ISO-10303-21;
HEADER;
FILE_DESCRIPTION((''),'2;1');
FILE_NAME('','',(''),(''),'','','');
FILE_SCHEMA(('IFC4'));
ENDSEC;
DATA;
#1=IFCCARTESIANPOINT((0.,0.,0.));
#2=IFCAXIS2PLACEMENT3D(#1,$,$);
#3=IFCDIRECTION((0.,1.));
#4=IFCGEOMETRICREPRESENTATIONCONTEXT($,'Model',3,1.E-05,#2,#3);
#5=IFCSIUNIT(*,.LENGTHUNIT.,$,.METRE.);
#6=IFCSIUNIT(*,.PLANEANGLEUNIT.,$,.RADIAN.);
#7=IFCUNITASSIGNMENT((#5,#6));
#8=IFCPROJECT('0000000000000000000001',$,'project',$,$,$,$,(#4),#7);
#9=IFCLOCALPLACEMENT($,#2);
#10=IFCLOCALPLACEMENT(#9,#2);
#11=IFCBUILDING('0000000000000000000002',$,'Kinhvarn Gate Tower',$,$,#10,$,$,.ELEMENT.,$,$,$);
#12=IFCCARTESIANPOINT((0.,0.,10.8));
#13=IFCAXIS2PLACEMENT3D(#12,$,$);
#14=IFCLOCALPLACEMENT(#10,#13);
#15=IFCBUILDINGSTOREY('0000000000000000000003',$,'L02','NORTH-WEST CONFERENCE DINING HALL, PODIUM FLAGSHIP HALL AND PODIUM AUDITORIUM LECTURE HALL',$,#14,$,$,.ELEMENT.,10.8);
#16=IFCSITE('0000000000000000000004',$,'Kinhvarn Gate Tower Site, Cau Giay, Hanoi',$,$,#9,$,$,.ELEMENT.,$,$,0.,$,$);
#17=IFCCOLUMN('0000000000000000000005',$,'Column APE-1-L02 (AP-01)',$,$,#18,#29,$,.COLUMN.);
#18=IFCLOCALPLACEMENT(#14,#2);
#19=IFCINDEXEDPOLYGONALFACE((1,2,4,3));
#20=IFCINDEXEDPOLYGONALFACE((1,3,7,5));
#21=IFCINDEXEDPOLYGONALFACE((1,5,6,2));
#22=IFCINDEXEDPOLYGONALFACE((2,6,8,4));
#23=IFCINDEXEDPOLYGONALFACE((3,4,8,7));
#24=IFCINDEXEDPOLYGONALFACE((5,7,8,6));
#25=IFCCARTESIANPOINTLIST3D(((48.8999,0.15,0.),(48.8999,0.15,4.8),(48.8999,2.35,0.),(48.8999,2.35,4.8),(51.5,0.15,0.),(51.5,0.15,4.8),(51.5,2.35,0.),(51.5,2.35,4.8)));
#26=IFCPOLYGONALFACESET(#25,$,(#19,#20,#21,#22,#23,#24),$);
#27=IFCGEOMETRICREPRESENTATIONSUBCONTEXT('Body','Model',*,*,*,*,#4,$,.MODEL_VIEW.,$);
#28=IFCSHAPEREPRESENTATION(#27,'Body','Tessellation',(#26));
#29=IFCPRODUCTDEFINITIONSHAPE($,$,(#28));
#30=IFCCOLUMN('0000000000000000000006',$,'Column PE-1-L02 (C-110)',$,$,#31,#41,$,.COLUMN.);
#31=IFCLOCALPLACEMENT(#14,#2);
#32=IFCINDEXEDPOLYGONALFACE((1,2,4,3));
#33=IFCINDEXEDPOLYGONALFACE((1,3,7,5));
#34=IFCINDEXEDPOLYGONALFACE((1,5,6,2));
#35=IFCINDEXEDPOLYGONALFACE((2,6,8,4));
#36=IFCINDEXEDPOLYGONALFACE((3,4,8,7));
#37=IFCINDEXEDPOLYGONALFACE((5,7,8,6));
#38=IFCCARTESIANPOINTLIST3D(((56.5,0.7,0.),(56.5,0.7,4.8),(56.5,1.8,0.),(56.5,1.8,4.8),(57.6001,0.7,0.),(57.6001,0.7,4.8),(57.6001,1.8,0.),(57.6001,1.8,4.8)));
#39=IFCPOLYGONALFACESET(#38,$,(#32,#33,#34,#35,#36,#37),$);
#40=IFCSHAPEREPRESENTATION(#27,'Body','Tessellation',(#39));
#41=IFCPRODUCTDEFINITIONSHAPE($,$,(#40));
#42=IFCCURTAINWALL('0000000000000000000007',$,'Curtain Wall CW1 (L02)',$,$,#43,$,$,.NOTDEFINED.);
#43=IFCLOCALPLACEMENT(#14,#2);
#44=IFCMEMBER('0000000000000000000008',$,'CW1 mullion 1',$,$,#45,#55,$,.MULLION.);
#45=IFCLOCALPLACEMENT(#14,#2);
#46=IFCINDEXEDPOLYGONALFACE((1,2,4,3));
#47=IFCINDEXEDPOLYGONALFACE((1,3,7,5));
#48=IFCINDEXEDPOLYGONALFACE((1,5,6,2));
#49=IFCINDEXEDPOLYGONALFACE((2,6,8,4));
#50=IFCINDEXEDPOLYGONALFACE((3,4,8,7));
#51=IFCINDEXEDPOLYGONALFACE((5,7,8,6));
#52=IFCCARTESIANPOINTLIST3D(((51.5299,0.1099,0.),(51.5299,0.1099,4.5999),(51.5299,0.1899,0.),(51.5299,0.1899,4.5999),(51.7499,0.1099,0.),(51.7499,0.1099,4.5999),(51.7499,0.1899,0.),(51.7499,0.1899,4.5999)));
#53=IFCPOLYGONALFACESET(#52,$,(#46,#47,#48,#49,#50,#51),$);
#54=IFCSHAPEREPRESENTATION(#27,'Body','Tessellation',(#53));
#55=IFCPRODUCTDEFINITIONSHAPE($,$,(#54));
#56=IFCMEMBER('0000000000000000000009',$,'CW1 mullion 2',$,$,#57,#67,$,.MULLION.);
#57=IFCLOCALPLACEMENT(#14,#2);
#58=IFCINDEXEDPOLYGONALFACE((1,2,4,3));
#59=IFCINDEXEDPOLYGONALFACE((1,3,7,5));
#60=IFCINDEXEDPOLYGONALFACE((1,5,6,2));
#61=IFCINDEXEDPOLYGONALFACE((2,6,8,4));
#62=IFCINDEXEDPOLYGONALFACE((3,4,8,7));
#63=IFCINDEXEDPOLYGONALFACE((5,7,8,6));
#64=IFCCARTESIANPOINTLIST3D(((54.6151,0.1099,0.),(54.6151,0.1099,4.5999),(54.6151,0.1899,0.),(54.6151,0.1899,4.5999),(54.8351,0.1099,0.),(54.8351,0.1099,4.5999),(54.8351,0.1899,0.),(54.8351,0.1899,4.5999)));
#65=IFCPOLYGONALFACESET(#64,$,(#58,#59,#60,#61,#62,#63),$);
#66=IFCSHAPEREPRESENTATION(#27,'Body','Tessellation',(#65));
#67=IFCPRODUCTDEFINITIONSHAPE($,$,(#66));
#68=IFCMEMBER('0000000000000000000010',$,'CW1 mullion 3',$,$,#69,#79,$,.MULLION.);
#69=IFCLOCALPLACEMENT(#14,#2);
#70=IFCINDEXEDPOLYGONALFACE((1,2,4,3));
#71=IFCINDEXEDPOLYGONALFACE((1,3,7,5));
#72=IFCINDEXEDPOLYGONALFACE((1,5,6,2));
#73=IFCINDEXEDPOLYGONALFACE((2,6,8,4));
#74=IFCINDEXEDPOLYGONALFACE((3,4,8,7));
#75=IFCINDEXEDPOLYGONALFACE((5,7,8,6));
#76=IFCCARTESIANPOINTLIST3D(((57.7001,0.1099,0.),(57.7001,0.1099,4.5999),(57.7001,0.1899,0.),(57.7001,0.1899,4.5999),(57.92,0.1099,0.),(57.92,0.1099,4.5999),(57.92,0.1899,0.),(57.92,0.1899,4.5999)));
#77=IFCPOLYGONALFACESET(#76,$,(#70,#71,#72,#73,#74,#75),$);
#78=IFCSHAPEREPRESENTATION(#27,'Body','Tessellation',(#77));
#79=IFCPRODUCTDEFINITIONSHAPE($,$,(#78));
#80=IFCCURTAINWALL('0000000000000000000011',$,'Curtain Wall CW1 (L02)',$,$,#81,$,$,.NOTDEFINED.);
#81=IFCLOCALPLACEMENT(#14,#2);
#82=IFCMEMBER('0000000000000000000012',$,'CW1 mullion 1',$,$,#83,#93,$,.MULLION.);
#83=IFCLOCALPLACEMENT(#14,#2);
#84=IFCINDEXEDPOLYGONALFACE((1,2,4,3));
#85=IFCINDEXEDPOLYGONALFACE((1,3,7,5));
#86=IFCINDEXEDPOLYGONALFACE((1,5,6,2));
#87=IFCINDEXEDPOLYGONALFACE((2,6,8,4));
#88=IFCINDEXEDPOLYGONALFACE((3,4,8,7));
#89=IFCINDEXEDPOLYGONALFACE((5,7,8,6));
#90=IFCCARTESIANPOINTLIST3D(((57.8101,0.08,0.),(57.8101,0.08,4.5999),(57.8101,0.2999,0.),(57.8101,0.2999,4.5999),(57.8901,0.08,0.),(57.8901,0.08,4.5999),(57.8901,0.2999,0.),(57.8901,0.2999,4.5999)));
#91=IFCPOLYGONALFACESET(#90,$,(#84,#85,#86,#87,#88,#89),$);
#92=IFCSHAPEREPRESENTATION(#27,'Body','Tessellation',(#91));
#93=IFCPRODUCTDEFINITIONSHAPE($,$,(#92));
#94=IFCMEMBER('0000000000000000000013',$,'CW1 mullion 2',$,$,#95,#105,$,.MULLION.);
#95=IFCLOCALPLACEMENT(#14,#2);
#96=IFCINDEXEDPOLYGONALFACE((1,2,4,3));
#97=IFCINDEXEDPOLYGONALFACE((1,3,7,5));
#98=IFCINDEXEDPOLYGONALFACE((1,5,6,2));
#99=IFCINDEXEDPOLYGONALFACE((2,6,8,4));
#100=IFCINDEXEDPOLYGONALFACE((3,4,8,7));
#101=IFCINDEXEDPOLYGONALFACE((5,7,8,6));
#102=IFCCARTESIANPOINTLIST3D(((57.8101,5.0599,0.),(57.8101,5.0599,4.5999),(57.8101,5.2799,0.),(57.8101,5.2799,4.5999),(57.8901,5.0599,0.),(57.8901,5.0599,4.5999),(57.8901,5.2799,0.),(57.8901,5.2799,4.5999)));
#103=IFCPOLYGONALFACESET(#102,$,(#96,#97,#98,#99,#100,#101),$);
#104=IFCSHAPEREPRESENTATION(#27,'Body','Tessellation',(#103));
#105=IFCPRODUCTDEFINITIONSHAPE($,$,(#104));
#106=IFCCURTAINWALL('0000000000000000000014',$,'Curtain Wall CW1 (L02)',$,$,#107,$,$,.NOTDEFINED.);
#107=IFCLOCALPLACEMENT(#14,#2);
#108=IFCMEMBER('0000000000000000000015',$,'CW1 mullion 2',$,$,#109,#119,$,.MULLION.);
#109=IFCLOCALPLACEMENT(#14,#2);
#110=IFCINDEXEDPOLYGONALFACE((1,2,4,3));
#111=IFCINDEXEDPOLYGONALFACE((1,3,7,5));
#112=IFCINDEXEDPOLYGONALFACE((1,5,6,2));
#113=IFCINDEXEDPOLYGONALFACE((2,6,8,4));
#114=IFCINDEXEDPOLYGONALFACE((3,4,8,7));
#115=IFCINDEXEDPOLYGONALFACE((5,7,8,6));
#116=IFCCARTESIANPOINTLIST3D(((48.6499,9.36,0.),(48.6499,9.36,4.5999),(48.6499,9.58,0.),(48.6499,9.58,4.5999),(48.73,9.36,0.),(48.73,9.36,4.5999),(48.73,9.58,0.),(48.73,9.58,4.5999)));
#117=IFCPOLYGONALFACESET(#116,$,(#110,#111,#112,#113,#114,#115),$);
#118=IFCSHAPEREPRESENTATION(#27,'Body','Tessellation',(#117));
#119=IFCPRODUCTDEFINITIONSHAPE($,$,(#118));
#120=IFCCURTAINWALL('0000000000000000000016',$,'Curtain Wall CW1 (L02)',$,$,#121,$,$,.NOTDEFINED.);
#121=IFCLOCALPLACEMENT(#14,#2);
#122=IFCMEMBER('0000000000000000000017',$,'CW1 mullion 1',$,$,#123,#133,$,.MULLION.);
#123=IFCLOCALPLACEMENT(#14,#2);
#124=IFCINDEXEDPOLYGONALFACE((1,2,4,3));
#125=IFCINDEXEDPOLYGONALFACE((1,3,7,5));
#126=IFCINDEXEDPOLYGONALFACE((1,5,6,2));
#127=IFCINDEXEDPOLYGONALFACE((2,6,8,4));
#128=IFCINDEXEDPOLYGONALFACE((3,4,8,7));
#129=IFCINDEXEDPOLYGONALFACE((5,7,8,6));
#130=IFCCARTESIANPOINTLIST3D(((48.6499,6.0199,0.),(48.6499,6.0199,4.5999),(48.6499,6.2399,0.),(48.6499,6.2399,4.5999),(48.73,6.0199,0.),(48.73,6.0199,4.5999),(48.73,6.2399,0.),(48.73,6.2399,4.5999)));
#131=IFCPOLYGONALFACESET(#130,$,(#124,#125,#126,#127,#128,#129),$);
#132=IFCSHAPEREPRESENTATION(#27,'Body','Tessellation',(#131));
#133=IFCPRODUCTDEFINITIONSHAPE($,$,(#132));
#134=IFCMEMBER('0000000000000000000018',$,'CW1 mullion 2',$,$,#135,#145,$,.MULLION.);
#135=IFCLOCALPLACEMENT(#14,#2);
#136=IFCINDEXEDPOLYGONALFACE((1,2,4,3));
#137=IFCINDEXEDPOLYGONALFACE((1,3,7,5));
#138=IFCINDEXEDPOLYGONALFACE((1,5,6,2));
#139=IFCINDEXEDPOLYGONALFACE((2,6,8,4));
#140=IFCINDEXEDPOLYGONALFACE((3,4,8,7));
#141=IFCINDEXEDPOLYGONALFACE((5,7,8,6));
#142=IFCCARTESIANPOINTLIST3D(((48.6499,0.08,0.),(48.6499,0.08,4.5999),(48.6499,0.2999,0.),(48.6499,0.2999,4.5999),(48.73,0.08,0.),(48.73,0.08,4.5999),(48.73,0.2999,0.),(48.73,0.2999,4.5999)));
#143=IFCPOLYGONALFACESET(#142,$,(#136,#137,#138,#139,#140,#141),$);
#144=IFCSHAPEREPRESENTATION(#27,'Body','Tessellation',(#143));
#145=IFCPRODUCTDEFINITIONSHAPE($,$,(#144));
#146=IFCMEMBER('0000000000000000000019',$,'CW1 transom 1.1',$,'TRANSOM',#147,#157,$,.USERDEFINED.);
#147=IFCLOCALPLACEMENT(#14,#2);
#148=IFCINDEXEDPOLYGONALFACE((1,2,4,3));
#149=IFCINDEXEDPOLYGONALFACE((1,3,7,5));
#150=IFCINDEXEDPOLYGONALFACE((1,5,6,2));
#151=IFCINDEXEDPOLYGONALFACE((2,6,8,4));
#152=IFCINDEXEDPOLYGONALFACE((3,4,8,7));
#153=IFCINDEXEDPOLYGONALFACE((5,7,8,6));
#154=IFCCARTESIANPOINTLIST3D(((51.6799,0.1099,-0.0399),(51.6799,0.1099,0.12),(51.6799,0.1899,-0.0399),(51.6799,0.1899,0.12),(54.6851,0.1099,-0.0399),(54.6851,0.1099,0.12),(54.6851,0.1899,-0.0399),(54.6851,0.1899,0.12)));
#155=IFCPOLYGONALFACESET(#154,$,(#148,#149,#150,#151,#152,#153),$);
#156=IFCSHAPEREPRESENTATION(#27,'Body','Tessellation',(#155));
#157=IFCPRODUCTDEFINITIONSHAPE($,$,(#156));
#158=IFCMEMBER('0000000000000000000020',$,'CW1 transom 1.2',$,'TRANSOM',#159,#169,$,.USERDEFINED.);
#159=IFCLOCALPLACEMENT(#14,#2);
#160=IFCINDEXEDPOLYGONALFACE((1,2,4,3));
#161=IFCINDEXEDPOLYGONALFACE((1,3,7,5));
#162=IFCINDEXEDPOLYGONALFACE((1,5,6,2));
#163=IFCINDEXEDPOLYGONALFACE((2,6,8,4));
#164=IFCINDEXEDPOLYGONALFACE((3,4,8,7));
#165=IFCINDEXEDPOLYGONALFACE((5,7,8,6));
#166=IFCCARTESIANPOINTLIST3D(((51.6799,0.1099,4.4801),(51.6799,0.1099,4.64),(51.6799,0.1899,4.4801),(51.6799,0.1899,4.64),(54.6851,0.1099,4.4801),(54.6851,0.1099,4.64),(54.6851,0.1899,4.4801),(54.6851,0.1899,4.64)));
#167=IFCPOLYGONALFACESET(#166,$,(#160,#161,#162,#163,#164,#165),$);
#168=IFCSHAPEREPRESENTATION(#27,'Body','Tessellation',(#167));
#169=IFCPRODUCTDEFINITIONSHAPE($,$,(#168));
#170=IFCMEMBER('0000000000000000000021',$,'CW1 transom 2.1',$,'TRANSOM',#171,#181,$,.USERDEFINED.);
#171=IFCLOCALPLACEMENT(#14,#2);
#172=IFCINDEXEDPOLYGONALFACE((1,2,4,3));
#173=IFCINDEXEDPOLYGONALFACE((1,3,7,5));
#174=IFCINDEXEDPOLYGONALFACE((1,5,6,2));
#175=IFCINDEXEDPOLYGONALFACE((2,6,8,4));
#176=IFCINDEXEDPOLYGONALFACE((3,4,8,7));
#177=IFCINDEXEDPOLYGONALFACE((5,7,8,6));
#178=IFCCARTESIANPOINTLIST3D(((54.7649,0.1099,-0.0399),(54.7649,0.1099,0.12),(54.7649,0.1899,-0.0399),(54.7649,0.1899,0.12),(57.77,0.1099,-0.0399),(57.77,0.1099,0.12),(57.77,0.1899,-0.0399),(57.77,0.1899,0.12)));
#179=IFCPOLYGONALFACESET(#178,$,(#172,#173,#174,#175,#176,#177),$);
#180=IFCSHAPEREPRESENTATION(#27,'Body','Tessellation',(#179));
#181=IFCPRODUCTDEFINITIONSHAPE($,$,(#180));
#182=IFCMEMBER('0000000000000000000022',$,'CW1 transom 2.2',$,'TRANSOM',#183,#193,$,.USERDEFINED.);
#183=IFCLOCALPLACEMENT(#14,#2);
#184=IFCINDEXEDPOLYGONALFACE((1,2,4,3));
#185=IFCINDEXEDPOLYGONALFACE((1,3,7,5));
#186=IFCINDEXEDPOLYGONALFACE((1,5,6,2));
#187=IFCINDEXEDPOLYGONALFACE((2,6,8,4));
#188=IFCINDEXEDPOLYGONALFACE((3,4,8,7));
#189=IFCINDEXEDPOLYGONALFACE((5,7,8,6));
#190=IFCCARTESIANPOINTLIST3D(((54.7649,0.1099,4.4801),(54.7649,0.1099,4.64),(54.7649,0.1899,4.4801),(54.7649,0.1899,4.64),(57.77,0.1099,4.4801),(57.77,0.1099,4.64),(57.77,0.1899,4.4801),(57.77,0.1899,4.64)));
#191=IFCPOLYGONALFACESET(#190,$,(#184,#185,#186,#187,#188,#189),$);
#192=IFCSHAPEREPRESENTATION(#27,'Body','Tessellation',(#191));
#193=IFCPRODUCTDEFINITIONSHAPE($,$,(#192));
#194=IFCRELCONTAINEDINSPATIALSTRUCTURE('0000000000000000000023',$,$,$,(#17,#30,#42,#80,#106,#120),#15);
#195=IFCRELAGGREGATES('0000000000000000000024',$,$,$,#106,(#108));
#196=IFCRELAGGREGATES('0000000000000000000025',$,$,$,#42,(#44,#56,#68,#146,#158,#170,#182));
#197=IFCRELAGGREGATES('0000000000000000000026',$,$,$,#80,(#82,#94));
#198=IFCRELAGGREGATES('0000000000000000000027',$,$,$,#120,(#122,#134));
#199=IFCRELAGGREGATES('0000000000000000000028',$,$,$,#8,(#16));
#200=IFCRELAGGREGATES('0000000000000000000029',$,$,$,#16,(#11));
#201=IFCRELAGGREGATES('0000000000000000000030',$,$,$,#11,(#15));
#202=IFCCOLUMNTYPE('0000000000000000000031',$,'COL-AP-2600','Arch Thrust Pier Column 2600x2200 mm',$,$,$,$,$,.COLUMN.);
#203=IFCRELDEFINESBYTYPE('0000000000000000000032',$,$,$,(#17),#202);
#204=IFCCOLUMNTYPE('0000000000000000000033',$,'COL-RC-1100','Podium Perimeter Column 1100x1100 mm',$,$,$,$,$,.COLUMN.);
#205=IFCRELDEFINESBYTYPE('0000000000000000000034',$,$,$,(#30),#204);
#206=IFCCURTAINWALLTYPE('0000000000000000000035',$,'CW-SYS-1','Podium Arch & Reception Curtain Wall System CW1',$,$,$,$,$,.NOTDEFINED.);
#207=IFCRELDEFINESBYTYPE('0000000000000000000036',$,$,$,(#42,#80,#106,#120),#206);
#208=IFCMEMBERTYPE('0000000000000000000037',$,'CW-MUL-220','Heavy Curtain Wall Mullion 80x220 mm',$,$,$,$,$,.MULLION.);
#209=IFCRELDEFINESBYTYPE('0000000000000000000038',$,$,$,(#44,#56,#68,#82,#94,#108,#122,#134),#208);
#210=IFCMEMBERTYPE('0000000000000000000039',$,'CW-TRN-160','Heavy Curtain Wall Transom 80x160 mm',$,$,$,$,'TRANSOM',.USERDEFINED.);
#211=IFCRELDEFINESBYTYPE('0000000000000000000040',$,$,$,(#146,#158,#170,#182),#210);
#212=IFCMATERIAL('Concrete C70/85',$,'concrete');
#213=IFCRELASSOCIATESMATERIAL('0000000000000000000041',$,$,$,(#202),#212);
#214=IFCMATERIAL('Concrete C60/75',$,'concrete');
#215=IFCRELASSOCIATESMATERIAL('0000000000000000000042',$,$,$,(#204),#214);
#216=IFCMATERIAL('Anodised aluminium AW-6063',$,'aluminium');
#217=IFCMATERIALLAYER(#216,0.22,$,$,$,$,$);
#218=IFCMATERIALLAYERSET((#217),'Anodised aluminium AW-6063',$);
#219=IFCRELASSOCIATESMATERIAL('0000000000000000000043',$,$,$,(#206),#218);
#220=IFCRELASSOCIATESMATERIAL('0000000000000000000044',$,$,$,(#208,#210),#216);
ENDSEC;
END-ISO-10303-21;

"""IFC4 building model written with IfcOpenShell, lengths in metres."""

from ifc_helpers import new_model, si_unit, direction, frame, origin, origin_2d, place, context, subcontext, project, spatial, rectangle, extrude, material, layer, layer_set, material_profile, profile_set, type_object, element, aggregate, save


model = new_model("IFC4")

# Units and contexts
model_context = context("Model", 3, precision=1e-05, world=origin(), true_north=direction((0.0, 1.0)))
body_context = subcontext(model_context, "Body", "Model", "MODEL_VIEW")
ifc_project = project(units=[si_unit("LENGTHUNIT", "METRE"), si_unit("PLANEANGLEUNIT", "RADIAN")], contexts=[model_context])

# Site, building, storey
site_placement = place(None, origin())
site = spatial("IfcSite", under=ifc_project, at=site_placement, Name="Kinhvarn Gate Tower Site, Cau Giay, Hanoi", CompositionType="ELEMENT", RefElevation=0.0)
building_placement = place(site_placement, origin())
building = spatial("IfcBuilding", under=site, at=building_placement, Name="Kinhvarn Gate Tower", CompositionType="ELEMENT")
storey_placement = place(building_placement, frame((0.0, 0.0, 10.8)))
storey = spatial("IfcBuildingStorey", under=building, at=storey_placement, Name="L02", Description="NORTH-WEST CONFERENCE DINING HALL, PODIUM FLAGSHIP HALL AND PODIUM AUDITORIUM LECTURE HALL", CompositionType="ELEMENT", Elevation=10.8)

# Columns
ifc_material_1 = material(Name="Concrete C70/85", Category="concrete")
ifc_material_profile_1 = material_profile(ifc_material_1, rectangle(XDim=2.6001, YDim=2.2, at=origin_2d()), Name="RC 2600x2200")
ifc_profile_set_1 = profile_set([ifc_material_profile_1], Name="Concrete C70/85")
column_type_1 = type_object("IfcColumnType", Name="COL-AP-2600", Description="Arch Thrust Pier Column 2600x2200 mm", PredefinedType="COLUMN", material=ifc_profile_set_1)
column_1_placement = place(storey_placement, frame((50.2, 1.25, 0.0), z_axis=(0.0, 0.0, 1.0), x_axis=(1.0, 0.0, 0.0)))
element("IfcColumn", 1, at=column_1_placement, inside=storey, type_object=column_type_1, Name="Column APE-1-L02 (AP-01)", PredefinedType="COLUMN", context=body_context, shape_type="SweptSolid", body=[
    extrude(rectangle(XDim=2.6001, YDim=2.2, at=origin_2d()), origin(), (0.0, 0.0, 1.0), 4.8),
])
ifc_material_2 = material(Name="Concrete C60/75", Category="concrete")
ifc_material_profile_2 = material_profile(ifc_material_2, rectangle(XDim=1.1001, YDim=1.1001, at=origin_2d()), Name="RC 1100x1100")
ifc_profile_set_2 = profile_set([ifc_material_profile_2], Name="Concrete C60/75")
column_type_2 = type_object("IfcColumnType", Name="COL-RC-1100", Description="Podium Perimeter Column 1100x1100 mm", PredefinedType="COLUMN", material=ifc_profile_set_2)
column_2_placement = place(storey_placement, frame((57.05, 1.25, 0.0), z_axis=(0.0, 0.0, 1.0), x_axis=(1.0, 0.0, 0.0)))
element("IfcColumn", 2, at=column_2_placement, inside=storey, type_object=column_type_2, Name="Column PE-1-L02 (C-110)", PredefinedType="COLUMN", context=body_context, shape_type="SweptSolid", body=[
    extrude(rectangle(XDim=1.1001, YDim=1.1001, at=origin_2d()), origin(), (0.0, 0.0, 1.0), 4.8),
])

# Curtain walls, members
ifc_material_3 = material(Name="Anodised aluminium AW-6063", Category="aluminium")
ifc_layer_1 = layer(ifc_material_3, 0.22)
ifc_layer_set_1 = layer_set([ifc_layer_1], Name="Anodised aluminium AW-6063")
curtain_wall_type = type_object("IfcCurtainWallType", Name="CW-SYS-1", Description="Podium Arch & Reception Curtain Wall System CW1", PredefinedType="NOTDEFINED", material=ifc_layer_set_1)
curtain_wall_1_placement = place(storey_placement, origin())
curtain_wall_1 = element("IfcCurtainWall", 3, at=curtain_wall_1_placement, inside=storey, type_object=curtain_wall_type, Name="Curtain Wall CW1 (L02)", PredefinedType="NOTDEFINED")
ifc_material_profile_3 = material_profile(ifc_material_3, rectangle(XDim=0.0801, YDim=0.22, at=origin_2d()), Name="ALU 80x220")
ifc_profile_set_3 = profile_set([ifc_material_profile_3], Name="Anodised aluminium AW-6063")
member_type_1 = type_object("IfcMemberType", Name="CW-MUL-220", Description="Heavy Curtain Wall Mullion 80x220 mm", PredefinedType="MULLION", material=ifc_profile_set_3)
member_1_placement = place(storey_placement, frame((51.6399, 0.1499, 0.0), z_axis=(0.0, 0.0, 1.0), x_axis=(0.0, 1.0, 0.0)))
member_1 = element("IfcMember", 4, at=member_1_placement, type_object=member_type_1, Name="CW1 mullion 1", PredefinedType="MULLION", context=body_context, shape_type="SweptSolid", body=[
    extrude(rectangle(XDim=0.0801, YDim=0.22, at=origin_2d()), origin(), (0.0, 0.0, 1.0), 4.5999),
])
member_2_placement = place(storey_placement, frame((54.7251, 0.1499, 0.0), z_axis=(0.0, 0.0, 1.0), x_axis=(0.0, 1.0, 0.0)))
member_2 = element("IfcMember", 5, at=member_2_placement, type_object=member_type_1, Name="CW1 mullion 2", PredefinedType="MULLION", context=body_context, shape_type="SweptSolid", body=[
    extrude(rectangle(XDim=0.0801, YDim=0.22, at=origin_2d()), origin(), (0.0, 0.0, 1.0), 4.5999),
])
member_3_placement = place(storey_placement, frame((57.8101, 0.1499, 0.0), z_axis=(0.0, 0.0, 1.0), x_axis=(0.0, 1.0, 0.0)))
member_3 = element("IfcMember", 6, at=member_3_placement, type_object=member_type_1, Name="CW1 mullion 3", PredefinedType="MULLION", context=body_context, shape_type="SweptSolid", body=[
    extrude(rectangle(XDim=0.0801, YDim=0.22, at=origin_2d()), origin(), (0.0, 0.0, 1.0), 4.5999),
])
curtain_wall_2_placement = place(storey_placement, origin())
curtain_wall_2 = element("IfcCurtainWall", 7, at=curtain_wall_2_placement, inside=storey, type_object=curtain_wall_type, Name="Curtain Wall CW1 (L02)", PredefinedType="NOTDEFINED")
member_4_placement = place(storey_placement, frame((57.8501, 0.1899, 0.0), z_axis=(0.0, 0.0, 1.0), x_axis=(-1.0, 0.0, 0.0)))
member_4 = element("IfcMember", 8, at=member_4_placement, type_object=member_type_1, Name="CW1 mullion 1", PredefinedType="MULLION", context=body_context, shape_type="SweptSolid", body=[
    extrude(rectangle(XDim=0.0801, YDim=0.22, at=origin_2d()), origin(), (0.0, 0.0, 1.0), 4.5999),
])
member_5_placement = place(storey_placement, frame((57.8501, 5.1699, 0.0), z_axis=(0.0, 0.0, 1.0), x_axis=(-1.0, 0.0, 0.0)))
member_5 = element("IfcMember", 9, at=member_5_placement, type_object=member_type_1, Name="CW1 mullion 2", PredefinedType="MULLION", context=body_context, shape_type="SweptSolid", body=[
    extrude(rectangle(XDim=0.0801, YDim=0.22, at=origin_2d()), origin(), (0.0, 0.0, 1.0), 4.5999),
])

# Curtain wall, member
curtain_wall_3_placement = place(storey_placement, origin())
curtain_wall_3 = element("IfcCurtainWall", 10, at=curtain_wall_3_placement, inside=storey, type_object=curtain_wall_type, Name="Curtain Wall CW1 (L02)", PredefinedType="NOTDEFINED")
member_6_placement = place(storey_placement, frame((48.6899, 9.47, 0.0), z_axis=(0.0, 0.0, 1.0), x_axis=(1.0, 0.0, 0.0)))
member_6 = element("IfcMember", 11, at=member_6_placement, type_object=member_type_1, Name="CW1 mullion 2", PredefinedType="MULLION", context=body_context, shape_type="SweptSolid", body=[
    extrude(rectangle(XDim=0.0801, YDim=0.22, at=origin_2d()), origin(), (0.0, 0.0, 1.0), 4.5999),
])
aggregate(curtain_wall_3, [member_6])

# Curtain wall, members
curtain_wall_4_placement = place(storey_placement, origin())
curtain_wall_4 = element("IfcCurtainWall", 12, at=curtain_wall_4_placement, inside=storey, type_object=curtain_wall_type, Name="Curtain Wall CW1 (L02)", PredefinedType="NOTDEFINED")
member_7_placement = place(storey_placement, frame((48.6899, 6.1299, 0.0), z_axis=(0.0, 0.0, 1.0), x_axis=(1.0, 0.0, 0.0)))
member_7 = element("IfcMember", 13, at=member_7_placement, type_object=member_type_1, Name="CW1 mullion 1", PredefinedType="MULLION", context=body_context, shape_type="SweptSolid", body=[
    extrude(rectangle(XDim=0.0801, YDim=0.22, at=origin_2d()), origin(), (0.0, 0.0, 1.0), 4.5999),
])
member_8_placement = place(storey_placement, frame((48.6899, 0.1899, 0.0), z_axis=(0.0, 0.0, 1.0), x_axis=(1.0, 0.0, 0.0)))
member_8 = element("IfcMember", 14, at=member_8_placement, type_object=member_type_1, Name="CW1 mullion 2", PredefinedType="MULLION", context=body_context, shape_type="SweptSolid", body=[
    extrude(rectangle(XDim=0.0801, YDim=0.22, at=origin_2d()), origin(), (0.0, 0.0, 1.0), 4.5999),
])

# Members
ifc_material_profile_4 = material_profile(ifc_material_3, rectangle(XDim=0.0801, YDim=0.1599, at=origin_2d()), Name="ALU 80x160")
ifc_profile_set_4 = profile_set([ifc_material_profile_4], Name="Anodised aluminium AW-6063")
member_type_2 = type_object("IfcMemberType", Name="CW-TRN-160", Description="Heavy Curtain Wall Transom 80x160 mm", ElementType="TRANSOM", PredefinedType="USERDEFINED", material=ifc_profile_set_4)
member_9_placement = place(storey_placement, frame((51.6799, 0.1499, 0.04), z_axis=(1.0, 0.0, 0.0), x_axis=(0.0, 1.0, 0.0)))
member_9 = element("IfcMember", 15, at=member_9_placement, type_object=member_type_2, Name="CW1 transom 1.1", ObjectType="TRANSOM", PredefinedType="USERDEFINED", context=body_context, shape_type="SweptSolid", body=[
    extrude(rectangle(XDim=0.0801, YDim=0.1599, at=origin_2d()), origin(), (0.0, 0.0, 1.0), 3.0051),
])
member_10_placement = place(storey_placement, frame((51.6799, 0.1499, 4.5601), z_axis=(1.0, 0.0, 0.0), x_axis=(0.0, 1.0, 0.0)))
member_10 = element("IfcMember", 16, at=member_10_placement, type_object=member_type_2, Name="CW1 transom 1.2", ObjectType="TRANSOM", PredefinedType="USERDEFINED", context=body_context, shape_type="SweptSolid", body=[
    extrude(rectangle(XDim=0.0801, YDim=0.1599, at=origin_2d()), origin(), (0.0, 0.0, 1.0), 3.0051),
])
member_11_placement = place(storey_placement, frame((54.7649, 0.1499, 0.04), z_axis=(1.0, 0.0, 0.0), x_axis=(0.0, 1.0, 0.0)))
member_11 = element("IfcMember", 17, at=member_11_placement, type_object=member_type_2, Name="CW1 transom 2.1", ObjectType="TRANSOM", PredefinedType="USERDEFINED", context=body_context, shape_type="SweptSolid", body=[
    extrude(rectangle(XDim=0.0801, YDim=0.1599, at=origin_2d()), origin(), (0.0, 0.0, 1.0), 3.0051),
])
member_12_placement = place(storey_placement, frame((54.7649, 0.1499, 4.5601), z_axis=(1.0, 0.0, 0.0), x_axis=(0.0, 1.0, 0.0)))
member_12 = element("IfcMember", 18, at=member_12_placement, type_object=member_type_2, Name="CW1 transom 2.2", ObjectType="TRANSOM", PredefinedType="USERDEFINED", context=body_context, shape_type="SweptSolid", body=[
    extrude(rectangle(XDim=0.0801, YDim=0.1599, at=origin_2d()), origin(), (0.0, 0.0, 1.0), 3.0051),
])

aggregate(curtain_wall_1, [member_1, member_2, member_3, member_9, member_10, member_11, member_12])
aggregate(curtain_wall_2, [member_4, member_5])
aggregate(curtain_wall_4, [member_7, member_8])

save(model, "model.ifc")
